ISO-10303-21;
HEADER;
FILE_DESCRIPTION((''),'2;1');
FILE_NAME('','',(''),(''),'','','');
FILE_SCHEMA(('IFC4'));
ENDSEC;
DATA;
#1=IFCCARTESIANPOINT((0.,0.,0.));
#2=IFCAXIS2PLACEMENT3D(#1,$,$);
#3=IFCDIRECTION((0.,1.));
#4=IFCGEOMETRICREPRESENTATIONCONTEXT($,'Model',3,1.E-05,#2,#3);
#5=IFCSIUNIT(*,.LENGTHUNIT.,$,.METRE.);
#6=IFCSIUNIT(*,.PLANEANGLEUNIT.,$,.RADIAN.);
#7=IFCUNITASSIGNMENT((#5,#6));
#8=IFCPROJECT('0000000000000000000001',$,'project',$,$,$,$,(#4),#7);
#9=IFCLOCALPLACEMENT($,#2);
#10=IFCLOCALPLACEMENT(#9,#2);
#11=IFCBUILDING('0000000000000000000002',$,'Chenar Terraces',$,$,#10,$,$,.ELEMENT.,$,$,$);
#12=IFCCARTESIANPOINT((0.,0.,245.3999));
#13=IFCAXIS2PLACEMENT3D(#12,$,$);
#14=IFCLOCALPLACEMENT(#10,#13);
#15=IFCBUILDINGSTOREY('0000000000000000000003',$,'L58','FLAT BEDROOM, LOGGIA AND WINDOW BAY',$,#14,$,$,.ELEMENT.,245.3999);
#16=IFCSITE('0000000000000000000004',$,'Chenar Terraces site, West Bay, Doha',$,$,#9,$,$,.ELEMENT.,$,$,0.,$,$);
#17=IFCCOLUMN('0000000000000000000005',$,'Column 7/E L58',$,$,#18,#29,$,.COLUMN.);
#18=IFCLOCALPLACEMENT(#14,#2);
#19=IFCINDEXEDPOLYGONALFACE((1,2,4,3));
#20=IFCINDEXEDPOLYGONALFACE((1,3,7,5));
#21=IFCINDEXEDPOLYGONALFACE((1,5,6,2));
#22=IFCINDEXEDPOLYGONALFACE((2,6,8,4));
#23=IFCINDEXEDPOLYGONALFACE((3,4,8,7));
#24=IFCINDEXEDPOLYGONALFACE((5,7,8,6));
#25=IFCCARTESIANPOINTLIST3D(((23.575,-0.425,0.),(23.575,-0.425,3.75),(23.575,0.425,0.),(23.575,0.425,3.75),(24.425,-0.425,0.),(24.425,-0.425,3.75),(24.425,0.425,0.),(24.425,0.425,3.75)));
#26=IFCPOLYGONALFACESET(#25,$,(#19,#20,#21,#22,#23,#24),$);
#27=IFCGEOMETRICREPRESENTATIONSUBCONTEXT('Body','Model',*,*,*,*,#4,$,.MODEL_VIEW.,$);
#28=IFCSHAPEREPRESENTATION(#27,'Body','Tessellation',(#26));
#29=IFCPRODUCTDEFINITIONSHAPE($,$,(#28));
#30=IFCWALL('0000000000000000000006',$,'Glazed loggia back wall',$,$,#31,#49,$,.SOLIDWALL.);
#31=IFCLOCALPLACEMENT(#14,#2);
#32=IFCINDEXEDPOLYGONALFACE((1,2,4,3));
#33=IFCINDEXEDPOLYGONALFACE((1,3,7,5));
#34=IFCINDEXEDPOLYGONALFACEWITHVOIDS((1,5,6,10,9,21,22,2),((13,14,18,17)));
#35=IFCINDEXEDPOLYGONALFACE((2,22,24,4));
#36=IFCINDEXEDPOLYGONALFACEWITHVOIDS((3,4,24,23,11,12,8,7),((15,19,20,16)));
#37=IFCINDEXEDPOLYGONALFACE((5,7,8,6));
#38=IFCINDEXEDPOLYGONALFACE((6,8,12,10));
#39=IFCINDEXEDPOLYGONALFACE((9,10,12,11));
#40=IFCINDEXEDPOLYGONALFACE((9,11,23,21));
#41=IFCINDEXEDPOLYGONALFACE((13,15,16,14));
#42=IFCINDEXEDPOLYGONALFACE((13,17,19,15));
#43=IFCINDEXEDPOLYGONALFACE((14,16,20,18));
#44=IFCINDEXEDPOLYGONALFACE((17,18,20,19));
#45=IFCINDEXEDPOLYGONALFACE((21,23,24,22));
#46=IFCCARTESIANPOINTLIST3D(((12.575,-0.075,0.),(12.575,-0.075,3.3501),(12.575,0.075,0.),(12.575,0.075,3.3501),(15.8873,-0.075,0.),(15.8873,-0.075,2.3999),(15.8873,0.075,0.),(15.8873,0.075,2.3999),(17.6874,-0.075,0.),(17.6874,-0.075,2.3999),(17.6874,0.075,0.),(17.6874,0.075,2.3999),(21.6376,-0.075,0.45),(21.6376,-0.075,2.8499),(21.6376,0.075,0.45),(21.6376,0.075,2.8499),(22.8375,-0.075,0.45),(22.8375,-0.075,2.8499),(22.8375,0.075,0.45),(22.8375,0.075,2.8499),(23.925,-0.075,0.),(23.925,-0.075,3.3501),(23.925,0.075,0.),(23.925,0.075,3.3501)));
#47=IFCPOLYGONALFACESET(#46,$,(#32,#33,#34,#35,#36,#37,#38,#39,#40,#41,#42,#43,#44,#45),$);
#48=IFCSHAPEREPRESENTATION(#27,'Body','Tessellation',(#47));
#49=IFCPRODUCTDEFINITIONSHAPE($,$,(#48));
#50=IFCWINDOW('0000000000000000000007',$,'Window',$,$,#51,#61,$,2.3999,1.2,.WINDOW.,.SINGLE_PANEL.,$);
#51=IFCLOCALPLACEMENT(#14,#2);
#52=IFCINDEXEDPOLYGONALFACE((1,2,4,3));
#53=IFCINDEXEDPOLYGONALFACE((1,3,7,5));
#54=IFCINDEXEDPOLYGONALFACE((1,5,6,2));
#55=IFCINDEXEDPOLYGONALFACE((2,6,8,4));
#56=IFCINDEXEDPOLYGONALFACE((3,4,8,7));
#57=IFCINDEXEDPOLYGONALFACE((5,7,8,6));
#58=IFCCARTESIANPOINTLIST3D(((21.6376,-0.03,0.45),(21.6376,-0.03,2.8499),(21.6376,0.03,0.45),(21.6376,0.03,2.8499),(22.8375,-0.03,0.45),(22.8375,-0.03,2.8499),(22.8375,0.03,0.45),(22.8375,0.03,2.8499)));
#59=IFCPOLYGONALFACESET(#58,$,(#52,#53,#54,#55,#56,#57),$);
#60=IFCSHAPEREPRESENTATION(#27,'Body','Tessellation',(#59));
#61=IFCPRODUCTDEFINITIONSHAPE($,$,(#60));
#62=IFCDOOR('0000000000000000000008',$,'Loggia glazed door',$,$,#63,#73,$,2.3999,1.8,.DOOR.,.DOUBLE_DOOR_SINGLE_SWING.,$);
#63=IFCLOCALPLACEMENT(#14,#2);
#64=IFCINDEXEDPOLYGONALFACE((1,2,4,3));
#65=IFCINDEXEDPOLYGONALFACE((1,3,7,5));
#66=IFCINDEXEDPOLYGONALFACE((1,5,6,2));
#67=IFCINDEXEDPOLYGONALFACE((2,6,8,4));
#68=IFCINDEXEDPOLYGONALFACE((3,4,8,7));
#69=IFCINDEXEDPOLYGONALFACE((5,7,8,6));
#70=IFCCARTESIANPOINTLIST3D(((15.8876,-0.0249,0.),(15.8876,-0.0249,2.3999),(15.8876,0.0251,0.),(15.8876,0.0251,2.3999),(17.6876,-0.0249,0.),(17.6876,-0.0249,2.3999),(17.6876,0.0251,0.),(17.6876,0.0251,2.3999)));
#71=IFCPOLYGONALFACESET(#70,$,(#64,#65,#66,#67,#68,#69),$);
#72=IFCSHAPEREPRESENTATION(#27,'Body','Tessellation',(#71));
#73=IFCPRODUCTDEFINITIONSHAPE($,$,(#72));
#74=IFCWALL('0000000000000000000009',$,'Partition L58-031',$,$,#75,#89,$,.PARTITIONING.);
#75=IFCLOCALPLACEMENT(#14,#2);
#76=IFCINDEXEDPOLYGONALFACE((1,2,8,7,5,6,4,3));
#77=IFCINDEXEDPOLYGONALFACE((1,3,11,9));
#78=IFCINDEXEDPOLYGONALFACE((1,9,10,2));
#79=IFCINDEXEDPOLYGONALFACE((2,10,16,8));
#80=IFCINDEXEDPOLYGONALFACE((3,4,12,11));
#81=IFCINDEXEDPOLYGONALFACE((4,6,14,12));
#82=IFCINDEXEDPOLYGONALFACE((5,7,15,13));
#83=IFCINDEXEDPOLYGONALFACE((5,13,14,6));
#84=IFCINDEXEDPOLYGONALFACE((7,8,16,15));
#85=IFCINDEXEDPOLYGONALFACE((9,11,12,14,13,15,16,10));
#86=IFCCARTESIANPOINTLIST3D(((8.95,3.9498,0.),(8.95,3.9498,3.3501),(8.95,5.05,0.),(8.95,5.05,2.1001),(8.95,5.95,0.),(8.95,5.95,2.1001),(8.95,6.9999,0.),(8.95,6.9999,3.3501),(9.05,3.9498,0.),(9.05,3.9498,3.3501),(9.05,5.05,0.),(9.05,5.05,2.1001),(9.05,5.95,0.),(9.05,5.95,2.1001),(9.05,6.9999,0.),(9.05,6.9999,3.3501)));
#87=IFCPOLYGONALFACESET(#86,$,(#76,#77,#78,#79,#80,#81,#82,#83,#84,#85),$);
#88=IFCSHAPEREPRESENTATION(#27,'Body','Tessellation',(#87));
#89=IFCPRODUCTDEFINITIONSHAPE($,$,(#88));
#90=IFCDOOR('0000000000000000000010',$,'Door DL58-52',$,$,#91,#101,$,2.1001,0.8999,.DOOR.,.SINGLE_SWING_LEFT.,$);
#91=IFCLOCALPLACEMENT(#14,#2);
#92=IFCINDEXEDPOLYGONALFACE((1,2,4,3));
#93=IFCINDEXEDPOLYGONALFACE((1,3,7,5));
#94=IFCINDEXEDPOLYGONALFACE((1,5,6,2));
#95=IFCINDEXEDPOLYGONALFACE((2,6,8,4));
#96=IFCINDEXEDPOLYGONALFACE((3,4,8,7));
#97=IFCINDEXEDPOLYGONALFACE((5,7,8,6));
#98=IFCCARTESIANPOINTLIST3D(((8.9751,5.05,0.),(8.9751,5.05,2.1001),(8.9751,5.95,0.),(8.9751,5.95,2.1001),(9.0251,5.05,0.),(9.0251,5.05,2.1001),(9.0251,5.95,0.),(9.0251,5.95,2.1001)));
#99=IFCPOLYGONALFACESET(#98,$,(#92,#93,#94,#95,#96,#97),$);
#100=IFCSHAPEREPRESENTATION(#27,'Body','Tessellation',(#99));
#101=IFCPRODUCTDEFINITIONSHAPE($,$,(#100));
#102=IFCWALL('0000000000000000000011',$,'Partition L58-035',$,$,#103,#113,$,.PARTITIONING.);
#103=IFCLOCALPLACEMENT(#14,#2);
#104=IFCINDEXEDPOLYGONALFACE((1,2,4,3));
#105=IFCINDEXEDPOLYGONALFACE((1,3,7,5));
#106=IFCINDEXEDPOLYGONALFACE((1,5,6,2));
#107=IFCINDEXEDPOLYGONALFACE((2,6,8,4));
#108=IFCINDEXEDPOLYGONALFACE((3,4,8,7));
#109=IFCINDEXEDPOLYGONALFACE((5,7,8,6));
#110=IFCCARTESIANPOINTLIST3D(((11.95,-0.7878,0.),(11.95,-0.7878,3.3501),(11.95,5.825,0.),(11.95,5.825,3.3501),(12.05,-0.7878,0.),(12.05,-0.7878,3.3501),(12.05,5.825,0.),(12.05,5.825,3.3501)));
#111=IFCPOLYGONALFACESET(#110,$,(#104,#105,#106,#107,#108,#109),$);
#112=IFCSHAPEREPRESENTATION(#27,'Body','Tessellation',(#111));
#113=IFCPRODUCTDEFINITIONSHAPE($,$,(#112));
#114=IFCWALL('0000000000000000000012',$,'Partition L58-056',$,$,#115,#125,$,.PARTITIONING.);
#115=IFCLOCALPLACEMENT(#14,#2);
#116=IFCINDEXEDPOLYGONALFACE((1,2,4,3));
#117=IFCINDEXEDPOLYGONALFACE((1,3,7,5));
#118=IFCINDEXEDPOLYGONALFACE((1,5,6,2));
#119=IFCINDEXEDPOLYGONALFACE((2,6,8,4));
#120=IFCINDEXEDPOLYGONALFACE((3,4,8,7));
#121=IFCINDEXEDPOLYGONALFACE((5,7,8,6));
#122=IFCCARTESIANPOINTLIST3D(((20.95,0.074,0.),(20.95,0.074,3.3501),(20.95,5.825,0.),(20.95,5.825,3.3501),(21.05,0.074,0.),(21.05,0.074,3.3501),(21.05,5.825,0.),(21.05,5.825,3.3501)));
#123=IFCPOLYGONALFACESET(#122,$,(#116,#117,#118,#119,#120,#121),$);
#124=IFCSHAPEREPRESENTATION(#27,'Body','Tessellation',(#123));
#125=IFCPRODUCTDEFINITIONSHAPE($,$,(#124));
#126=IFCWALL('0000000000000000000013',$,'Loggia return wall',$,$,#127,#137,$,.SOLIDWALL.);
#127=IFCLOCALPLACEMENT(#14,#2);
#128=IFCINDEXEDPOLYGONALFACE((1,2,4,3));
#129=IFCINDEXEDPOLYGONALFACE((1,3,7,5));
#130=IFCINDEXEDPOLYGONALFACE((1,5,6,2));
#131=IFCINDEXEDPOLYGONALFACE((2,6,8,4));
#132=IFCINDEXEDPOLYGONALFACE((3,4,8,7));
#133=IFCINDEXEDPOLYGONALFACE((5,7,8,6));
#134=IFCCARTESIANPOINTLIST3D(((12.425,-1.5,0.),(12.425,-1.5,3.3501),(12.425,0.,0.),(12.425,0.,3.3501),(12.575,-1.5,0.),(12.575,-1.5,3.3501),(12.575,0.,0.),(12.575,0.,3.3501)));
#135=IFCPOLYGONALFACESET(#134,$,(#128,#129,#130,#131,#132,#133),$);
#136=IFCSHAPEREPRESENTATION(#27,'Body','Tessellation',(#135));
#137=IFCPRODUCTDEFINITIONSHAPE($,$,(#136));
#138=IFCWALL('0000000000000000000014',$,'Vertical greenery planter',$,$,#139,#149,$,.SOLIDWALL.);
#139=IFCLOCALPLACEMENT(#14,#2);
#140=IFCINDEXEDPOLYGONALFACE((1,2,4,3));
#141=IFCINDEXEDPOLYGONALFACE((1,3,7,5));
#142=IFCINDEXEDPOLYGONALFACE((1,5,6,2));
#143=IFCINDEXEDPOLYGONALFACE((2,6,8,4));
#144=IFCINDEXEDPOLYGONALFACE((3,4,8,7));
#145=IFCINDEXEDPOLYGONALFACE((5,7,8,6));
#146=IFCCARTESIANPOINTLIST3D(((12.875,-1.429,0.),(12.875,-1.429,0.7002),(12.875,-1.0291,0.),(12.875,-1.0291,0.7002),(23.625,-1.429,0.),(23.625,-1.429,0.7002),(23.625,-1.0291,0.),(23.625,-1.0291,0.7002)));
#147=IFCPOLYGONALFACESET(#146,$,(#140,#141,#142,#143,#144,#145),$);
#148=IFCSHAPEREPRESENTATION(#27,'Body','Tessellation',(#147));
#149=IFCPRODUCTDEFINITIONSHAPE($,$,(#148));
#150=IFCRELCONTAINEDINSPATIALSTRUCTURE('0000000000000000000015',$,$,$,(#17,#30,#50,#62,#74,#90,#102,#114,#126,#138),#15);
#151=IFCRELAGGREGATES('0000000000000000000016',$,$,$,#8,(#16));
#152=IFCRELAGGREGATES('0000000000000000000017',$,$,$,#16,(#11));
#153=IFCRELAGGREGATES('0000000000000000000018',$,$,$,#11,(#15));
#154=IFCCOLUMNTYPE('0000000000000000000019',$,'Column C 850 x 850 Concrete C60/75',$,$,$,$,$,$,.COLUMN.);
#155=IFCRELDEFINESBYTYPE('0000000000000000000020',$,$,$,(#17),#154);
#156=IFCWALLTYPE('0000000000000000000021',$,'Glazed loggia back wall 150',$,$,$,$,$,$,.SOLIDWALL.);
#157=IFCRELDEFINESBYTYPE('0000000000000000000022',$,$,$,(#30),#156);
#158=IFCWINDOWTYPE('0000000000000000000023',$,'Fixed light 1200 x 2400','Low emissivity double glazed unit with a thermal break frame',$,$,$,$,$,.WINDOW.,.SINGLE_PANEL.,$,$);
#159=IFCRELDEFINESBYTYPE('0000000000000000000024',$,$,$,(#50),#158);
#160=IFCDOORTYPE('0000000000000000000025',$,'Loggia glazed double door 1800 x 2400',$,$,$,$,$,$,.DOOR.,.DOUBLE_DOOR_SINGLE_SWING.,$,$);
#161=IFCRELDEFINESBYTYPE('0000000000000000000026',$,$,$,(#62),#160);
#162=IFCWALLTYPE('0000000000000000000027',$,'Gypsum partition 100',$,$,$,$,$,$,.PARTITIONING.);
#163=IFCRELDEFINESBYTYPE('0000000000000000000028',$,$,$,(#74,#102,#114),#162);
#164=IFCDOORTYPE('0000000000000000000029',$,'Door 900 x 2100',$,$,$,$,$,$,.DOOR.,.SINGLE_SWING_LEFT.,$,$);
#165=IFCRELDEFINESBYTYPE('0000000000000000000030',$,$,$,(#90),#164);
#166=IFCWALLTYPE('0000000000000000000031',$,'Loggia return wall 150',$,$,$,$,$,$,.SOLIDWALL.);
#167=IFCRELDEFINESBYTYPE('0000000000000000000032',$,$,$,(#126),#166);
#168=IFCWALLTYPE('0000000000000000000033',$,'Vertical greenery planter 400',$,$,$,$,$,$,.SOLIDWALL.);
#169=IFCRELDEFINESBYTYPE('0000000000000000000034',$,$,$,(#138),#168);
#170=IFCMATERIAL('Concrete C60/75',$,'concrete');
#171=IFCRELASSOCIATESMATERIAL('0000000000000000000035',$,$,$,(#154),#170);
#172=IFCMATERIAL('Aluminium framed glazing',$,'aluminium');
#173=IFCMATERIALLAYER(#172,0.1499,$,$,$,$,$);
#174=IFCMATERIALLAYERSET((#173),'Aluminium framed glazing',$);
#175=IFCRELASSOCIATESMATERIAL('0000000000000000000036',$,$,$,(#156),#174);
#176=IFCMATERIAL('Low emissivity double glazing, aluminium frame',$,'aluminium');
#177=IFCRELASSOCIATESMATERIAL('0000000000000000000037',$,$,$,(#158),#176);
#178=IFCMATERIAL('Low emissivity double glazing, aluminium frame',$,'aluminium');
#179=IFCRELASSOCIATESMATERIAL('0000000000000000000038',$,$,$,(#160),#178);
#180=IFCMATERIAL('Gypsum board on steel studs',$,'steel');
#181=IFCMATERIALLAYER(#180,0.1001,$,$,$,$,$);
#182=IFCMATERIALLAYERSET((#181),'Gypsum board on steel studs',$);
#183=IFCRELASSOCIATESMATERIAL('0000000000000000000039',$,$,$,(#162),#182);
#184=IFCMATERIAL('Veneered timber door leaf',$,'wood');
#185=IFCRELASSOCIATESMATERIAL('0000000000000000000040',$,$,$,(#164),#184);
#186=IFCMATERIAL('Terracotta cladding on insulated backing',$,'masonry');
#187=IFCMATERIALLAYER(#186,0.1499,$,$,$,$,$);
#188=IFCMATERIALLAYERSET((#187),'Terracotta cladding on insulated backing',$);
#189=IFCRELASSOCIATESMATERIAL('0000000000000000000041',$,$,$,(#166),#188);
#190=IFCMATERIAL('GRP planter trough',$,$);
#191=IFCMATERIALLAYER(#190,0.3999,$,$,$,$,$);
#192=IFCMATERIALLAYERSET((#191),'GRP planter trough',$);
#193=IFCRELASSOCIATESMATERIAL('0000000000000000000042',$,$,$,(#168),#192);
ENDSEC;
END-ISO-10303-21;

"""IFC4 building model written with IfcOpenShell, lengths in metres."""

from ifc_helpers import new_model, si_unit, direction, frame, frame_2d, origin, origin_2d, place, context, subcontext, project, spatial, rectangle, extrude, material, layer, layer_set, material_profile, profile_set, type_object, element, fill, save


model = new_model("IFC4")

# Units and contexts
model_context = context("Model", 3, precision=1e-05, world=origin(), true_north=direction((0.0, 1.0)))
body_context = subcontext(model_context, "Body", "Model", "MODEL_VIEW")
ifc_project = project(units=[si_unit("LENGTHUNIT", "METRE"), si_unit("PLANEANGLEUNIT", "RADIAN")], contexts=[model_context])

# Site, building, storey
site_placement = place(None, origin())
site = spatial("IfcSite", under=ifc_project, at=site_placement, Name="Chenar Terraces site, West Bay, Doha", CompositionType="ELEMENT", RefElevation=0.0)
building_placement = place(site_placement, origin())
building = spatial("IfcBuilding", under=site, at=building_placement, Name="Chenar Terraces", CompositionType="ELEMENT")
storey_placement = place(building_placement, frame((0.0, 0.0, 245.3999)))
storey = spatial("IfcBuildingStorey", under=building, at=storey_placement, Name="L58", Description="FLAT BEDROOM, LOGGIA AND WINDOW BAY", CompositionType="ELEMENT", Elevation=245.3999)

# Column
ifc_material_1 = material(Name="Concrete C60/75", Category="concrete")
ifc_material_profile_1 = material_profile(ifc_material_1, rectangle(XDim=0.8501, YDim=0.8501, at=origin_2d()), Name="C 850 x 850")
ifc_profile_set_1 = profile_set([ifc_material_profile_1], Name="Concrete C60/75")
column_type = type_object("IfcColumnType", Name="Column C 850 x 850 Concrete C60/75", PredefinedType="COLUMN", material=ifc_profile_set_1)
column_placement = place(storey_placement, frame((24.0, 0.0, 0.0), z_axis=(0.0, 0.0, 1.0), x_axis=(1.0, 0.0, 0.0)))
element("IfcColumn", 1, at=column_placement, inside=storey, type_object=column_type, Name="Column 7/E L58", PredefinedType="COLUMN", context=body_context, shape_type="SweptSolid", body=[
    extrude(rectangle(XDim=0.8501, YDim=0.8501, at=origin_2d()), origin(), (0.0, 0.0, 1.0), 3.75),
])

# Wall, openings, window, door
ifc_material_2 = material(Name="Aluminium framed glazing", Category="aluminium")
ifc_layer_1 = layer(ifc_material_2, 0.1499)
ifc_layer_set_1 = layer_set([ifc_layer_1], Name="Aluminium framed glazing")
wall_type_1 = type_object("IfcWallType", Name="Glazed loggia back wall 150", PredefinedType="SOLIDWALL", material=ifc_layer_set_1)
wall_1_placement = place(storey_placement, frame((12.575, 0.0, 0.0), z_axis=(0.0, 0.0, 1.0), x_axis=(1.0, 0.0, 0.0)))
wall_1 = element("IfcWall", 2, at=wall_1_placement, inside=storey, type_object=wall_type_1, Name="Glazed loggia back wall", PredefinedType="SOLIDWALL", context=body_context, shape_type="SweptSolid", body=[
    extrude(rectangle(XDim=11.3501, YDim=0.1499, at=frame_2d((5.675, 0.0))), origin(), (0.0, 0.0, 1.0), 3.3501),
])
opening_1_placement = place(wall_1_placement, frame((3.3125, 0.0, 0.0)))
opening_1 = element("IfcOpeningElement", 3, at=opening_1_placement, cuts=wall_1, PredefinedType="OPENING", context=body_context, shape_type="SweptSolid", body=[
    extrude(rectangle(XDim=1.8, YDim=2.3999, at=frame_2d((0.8999, 1.2))), frame((0.0, 0.085, 0.0), z_axis=(0.0, -1.0, 0.0), x_axis=(1.0, 0.0, 0.0)), (0.0, 0.0, 1.0), 0.1699),
])
opening_2_placement = place(wall_1_placement, frame((9.0625, 0.0, 0.45)))
opening_2 = element("IfcOpeningElement", 4, at=opening_2_placement, cuts=wall_1, PredefinedType="OPENING", context=body_context, shape_type="SweptSolid", body=[
    extrude(rectangle(XDim=1.2, YDim=2.3999, at=frame_2d((0.6001, 1.2))), frame((0.0, 0.085, 0.0), z_axis=(0.0, -1.0, 0.0), x_axis=(1.0, 0.0, 0.0)), (0.0, 0.0, 1.0), 0.1699),
])
ifc_material_3 = material(Name="Low emissivity double glazing, aluminium frame", Category="aluminium")
window_type = type_object("IfcWindowType", Name="Fixed light 1200 x 2400", Description="Low emissivity double glazed unit with a thermal break frame", PartitioningType="SINGLE_PANEL", PredefinedType="WINDOW", material=ifc_material_3)
window_placement = place(opening_2_placement, origin())
window = element("IfcWindow", 5, at=window_placement, inside=storey, type_object=window_type, Name="Window", OverallHeight=2.3999, OverallWidth=1.2, PartitioningType="SINGLE_PANEL", PredefinedType="WINDOW", context=body_context, shape_type="SweptSolid", body=[
    extrude(rectangle(XDim=1.2, YDim=2.3999, at=frame_2d((0.6001, 1.2))), frame((0.0, 0.03, 0.0), z_axis=(0.0, -1.0, 0.0), x_axis=(1.0, 0.0, 0.0)), (0.0, 0.0, 1.0), 0.0601),
])
fill(opening_2, window)
ifc_material_4 = material(Name="Low emissivity double glazing, aluminium frame", Category="aluminium")
door_type_1 = type_object("IfcDoorType", Name="Loggia glazed double door 1800 x 2400", OperationType="DOUBLE_DOOR_SINGLE_SWING", PredefinedType="DOOR", material=ifc_material_4)
door_1_placement = place(opening_1_placement, frame((1.8, 0.0, 0.0), z_axis=(0.0, 0.0, 1.0), x_axis=(-1.0, 0.0, 0.0)))
door_1 = element("IfcDoor", 6, at=door_1_placement, inside=storey, type_object=door_type_1, Name="Loggia glazed door", OperationType="DOUBLE_DOOR_SINGLE_SWING", OverallHeight=2.3999, OverallWidth=1.8, PredefinedType="DOOR", context=body_context, shape_type="SweptSolid", body=[
    extrude(rectangle(XDim=1.8, YDim=2.3999, at=frame_2d((0.8999, 1.2))), frame((0.0, 0.0249, 0.0), z_axis=(0.0, -1.0, 0.0), x_axis=(1.0, 0.0, 0.0)), (0.0, 0.0, 1.0), 0.05),
])
fill(opening_1, door_1)

# Wall, opening, door
ifc_material_5 = material(Name="Gypsum board on steel studs", Category="steel")
ifc_layer_2 = layer(ifc_material_5, 0.1001)
ifc_layer_set_2 = layer_set([ifc_layer_2], Name="Gypsum board on steel studs")
wall_type_2 = type_object("IfcWallType", Name="Gypsum partition 100", PredefinedType="PARTITIONING", material=ifc_layer_set_2)
wall_2_placement = place(storey_placement, frame((9.0, 3.95, 0.0), z_axis=(0.0, 0.0, 1.0), x_axis=(0.0, 1.0, 0.0)))
wall_2 = element("IfcWall", 7, at=wall_2_placement, inside=storey, type_object=wall_type_2, Name="Partition L58-031", PredefinedType="PARTITIONING", context=body_context, shape_type="SweptSolid", body=[
    extrude(rectangle(XDim=3.05, YDim=0.1001, at=frame_2d((1.5249, 0.0))), origin(), (0.0, 0.0, 1.0), 3.3501),
])
opening_3_placement = place(wall_2_placement, frame((1.1001, 0.0, 0.0)))
opening_3 = element("IfcOpeningElement", 8, at=opening_3_placement, cuts=wall_2, PredefinedType="OPENING", context=body_context, shape_type="SweptSolid", body=[
    extrude(rectangle(XDim=0.8999, YDim=2.1001, at=frame_2d((0.45, 1.05))), frame((0.0, 0.0601, 0.0), z_axis=(0.0, -1.0, 0.0), x_axis=(1.0, 0.0, 0.0)), (0.0, 0.0, 1.0), 0.1201),
])
ifc_material_6 = material(Name="Veneered timber door leaf", Category="wood")
door_type_2 = type_object("IfcDoorType", Name="Door 900 x 2100", OperationType="SINGLE_SWING_LEFT", PredefinedType="DOOR", material=ifc_material_6)
door_2_placement = place(opening_3_placement, origin())
door_2 = element("IfcDoor", 9, at=door_2_placement, inside=storey, type_object=door_type_2, Name="Door DL58-52", OperationType="SINGLE_SWING_LEFT", OverallHeight=2.1001, OverallWidth=0.8999, PredefinedType="DOOR", context=body_context, shape_type="SweptSolid", body=[
    extrude(rectangle(XDim=0.8999, YDim=2.1001, at=frame_2d((0.45, 1.05))), frame((0.0, 0.0249, 0.0), z_axis=(0.0, -1.0, 0.0), x_axis=(1.0, 0.0, 0.0)), (0.0, 0.0, 1.0), 0.05),
])
fill(opening_3, door_2)

# Walls
wall_3_placement = place(storey_placement, frame((12.0, -0.7878, 0.0), z_axis=(0.0, 0.0, 1.0), x_axis=(0.0, 1.0, 0.0)))
element("IfcWall", 10, at=wall_3_placement, inside=storey, type_object=wall_type_2, Name="Partition L58-035", PredefinedType="PARTITIONING", context=body_context, shape_type="SweptSolid", body=[
    extrude(rectangle(XDim=6.6128, YDim=0.1001, at=frame_2d((3.3064, 0.0))), origin(), (0.0, 0.0, 1.0), 3.3501),
])
wall_4_placement = place(storey_placement, frame((21.0, 0.074, 0.0), z_axis=(0.0, 0.0, 1.0), x_axis=(0.0, 1.0, 0.0)))
element("IfcWall", 11, at=wall_4_placement, inside=storey, type_object=wall_type_2, Name="Partition L58-056", PredefinedType="PARTITIONING", context=body_context, shape_type="SweptSolid", body=[
    extrude(rectangle(XDim=5.751, YDim=0.1001, at=frame_2d((2.8755, 0.0))), origin(), (0.0, 0.0, 1.0), 3.3501),
])
ifc_material_7 = material(Name="Terracotta cladding on insulated backing", Category="masonry")
ifc_layer_3 = layer(ifc_material_7, 0.1499)
ifc_layer_set_3 = layer_set([ifc_layer_3], Name="Terracotta cladding on insulated backing")
wall_type_3 = type_object("IfcWallType", Name="Loggia return wall 150", PredefinedType="SOLIDWALL", material=ifc_layer_set_3)
wall_5_placement = place(storey_placement, frame((12.5, -1.5, 0.0), z_axis=(0.0, 0.0, 1.0), x_axis=(0.0, 1.0, 0.0)))
element("IfcWall", 12, at=wall_5_placement, inside=storey, type_object=wall_type_3, Name="Loggia return wall", PredefinedType="SOLIDWALL", context=body_context, shape_type="SweptSolid", body=[
    extrude(rectangle(XDim=1.5, YDim=0.1499, at=frame_2d((0.75, 0.0))), origin(), (0.0, 0.0, 1.0), 3.3501),
])
ifc_material_8 = material(Name="GRP planter trough")
ifc_layer_4 = layer(ifc_material_8, 0.3999)
ifc_layer_set_4 = layer_set([ifc_layer_4], Name="GRP planter trough")
wall_type_4 = type_object("IfcWallType", Name="Vertical greenery planter 400", PredefinedType="SOLIDWALL", material=ifc_layer_set_4)
wall_6_placement = place(storey_placement, frame((12.875, -1.229, 0.0), z_axis=(0.0, 0.0, 1.0), x_axis=(1.0, 0.0, 0.0)))
element("IfcWall", 13, at=wall_6_placement, inside=storey, type_object=wall_type_4, Name="Vertical greenery planter", PredefinedType="SOLIDWALL", context=body_context, shape_type="SweptSolid", body=[
    extrude(rectangle(XDim=10.75, YDim=0.3999, at=frame_2d((5.375, 0.0))), origin(), (0.0, 0.0, 1.0), 0.7002),
])

save(model, "model.ifc")
